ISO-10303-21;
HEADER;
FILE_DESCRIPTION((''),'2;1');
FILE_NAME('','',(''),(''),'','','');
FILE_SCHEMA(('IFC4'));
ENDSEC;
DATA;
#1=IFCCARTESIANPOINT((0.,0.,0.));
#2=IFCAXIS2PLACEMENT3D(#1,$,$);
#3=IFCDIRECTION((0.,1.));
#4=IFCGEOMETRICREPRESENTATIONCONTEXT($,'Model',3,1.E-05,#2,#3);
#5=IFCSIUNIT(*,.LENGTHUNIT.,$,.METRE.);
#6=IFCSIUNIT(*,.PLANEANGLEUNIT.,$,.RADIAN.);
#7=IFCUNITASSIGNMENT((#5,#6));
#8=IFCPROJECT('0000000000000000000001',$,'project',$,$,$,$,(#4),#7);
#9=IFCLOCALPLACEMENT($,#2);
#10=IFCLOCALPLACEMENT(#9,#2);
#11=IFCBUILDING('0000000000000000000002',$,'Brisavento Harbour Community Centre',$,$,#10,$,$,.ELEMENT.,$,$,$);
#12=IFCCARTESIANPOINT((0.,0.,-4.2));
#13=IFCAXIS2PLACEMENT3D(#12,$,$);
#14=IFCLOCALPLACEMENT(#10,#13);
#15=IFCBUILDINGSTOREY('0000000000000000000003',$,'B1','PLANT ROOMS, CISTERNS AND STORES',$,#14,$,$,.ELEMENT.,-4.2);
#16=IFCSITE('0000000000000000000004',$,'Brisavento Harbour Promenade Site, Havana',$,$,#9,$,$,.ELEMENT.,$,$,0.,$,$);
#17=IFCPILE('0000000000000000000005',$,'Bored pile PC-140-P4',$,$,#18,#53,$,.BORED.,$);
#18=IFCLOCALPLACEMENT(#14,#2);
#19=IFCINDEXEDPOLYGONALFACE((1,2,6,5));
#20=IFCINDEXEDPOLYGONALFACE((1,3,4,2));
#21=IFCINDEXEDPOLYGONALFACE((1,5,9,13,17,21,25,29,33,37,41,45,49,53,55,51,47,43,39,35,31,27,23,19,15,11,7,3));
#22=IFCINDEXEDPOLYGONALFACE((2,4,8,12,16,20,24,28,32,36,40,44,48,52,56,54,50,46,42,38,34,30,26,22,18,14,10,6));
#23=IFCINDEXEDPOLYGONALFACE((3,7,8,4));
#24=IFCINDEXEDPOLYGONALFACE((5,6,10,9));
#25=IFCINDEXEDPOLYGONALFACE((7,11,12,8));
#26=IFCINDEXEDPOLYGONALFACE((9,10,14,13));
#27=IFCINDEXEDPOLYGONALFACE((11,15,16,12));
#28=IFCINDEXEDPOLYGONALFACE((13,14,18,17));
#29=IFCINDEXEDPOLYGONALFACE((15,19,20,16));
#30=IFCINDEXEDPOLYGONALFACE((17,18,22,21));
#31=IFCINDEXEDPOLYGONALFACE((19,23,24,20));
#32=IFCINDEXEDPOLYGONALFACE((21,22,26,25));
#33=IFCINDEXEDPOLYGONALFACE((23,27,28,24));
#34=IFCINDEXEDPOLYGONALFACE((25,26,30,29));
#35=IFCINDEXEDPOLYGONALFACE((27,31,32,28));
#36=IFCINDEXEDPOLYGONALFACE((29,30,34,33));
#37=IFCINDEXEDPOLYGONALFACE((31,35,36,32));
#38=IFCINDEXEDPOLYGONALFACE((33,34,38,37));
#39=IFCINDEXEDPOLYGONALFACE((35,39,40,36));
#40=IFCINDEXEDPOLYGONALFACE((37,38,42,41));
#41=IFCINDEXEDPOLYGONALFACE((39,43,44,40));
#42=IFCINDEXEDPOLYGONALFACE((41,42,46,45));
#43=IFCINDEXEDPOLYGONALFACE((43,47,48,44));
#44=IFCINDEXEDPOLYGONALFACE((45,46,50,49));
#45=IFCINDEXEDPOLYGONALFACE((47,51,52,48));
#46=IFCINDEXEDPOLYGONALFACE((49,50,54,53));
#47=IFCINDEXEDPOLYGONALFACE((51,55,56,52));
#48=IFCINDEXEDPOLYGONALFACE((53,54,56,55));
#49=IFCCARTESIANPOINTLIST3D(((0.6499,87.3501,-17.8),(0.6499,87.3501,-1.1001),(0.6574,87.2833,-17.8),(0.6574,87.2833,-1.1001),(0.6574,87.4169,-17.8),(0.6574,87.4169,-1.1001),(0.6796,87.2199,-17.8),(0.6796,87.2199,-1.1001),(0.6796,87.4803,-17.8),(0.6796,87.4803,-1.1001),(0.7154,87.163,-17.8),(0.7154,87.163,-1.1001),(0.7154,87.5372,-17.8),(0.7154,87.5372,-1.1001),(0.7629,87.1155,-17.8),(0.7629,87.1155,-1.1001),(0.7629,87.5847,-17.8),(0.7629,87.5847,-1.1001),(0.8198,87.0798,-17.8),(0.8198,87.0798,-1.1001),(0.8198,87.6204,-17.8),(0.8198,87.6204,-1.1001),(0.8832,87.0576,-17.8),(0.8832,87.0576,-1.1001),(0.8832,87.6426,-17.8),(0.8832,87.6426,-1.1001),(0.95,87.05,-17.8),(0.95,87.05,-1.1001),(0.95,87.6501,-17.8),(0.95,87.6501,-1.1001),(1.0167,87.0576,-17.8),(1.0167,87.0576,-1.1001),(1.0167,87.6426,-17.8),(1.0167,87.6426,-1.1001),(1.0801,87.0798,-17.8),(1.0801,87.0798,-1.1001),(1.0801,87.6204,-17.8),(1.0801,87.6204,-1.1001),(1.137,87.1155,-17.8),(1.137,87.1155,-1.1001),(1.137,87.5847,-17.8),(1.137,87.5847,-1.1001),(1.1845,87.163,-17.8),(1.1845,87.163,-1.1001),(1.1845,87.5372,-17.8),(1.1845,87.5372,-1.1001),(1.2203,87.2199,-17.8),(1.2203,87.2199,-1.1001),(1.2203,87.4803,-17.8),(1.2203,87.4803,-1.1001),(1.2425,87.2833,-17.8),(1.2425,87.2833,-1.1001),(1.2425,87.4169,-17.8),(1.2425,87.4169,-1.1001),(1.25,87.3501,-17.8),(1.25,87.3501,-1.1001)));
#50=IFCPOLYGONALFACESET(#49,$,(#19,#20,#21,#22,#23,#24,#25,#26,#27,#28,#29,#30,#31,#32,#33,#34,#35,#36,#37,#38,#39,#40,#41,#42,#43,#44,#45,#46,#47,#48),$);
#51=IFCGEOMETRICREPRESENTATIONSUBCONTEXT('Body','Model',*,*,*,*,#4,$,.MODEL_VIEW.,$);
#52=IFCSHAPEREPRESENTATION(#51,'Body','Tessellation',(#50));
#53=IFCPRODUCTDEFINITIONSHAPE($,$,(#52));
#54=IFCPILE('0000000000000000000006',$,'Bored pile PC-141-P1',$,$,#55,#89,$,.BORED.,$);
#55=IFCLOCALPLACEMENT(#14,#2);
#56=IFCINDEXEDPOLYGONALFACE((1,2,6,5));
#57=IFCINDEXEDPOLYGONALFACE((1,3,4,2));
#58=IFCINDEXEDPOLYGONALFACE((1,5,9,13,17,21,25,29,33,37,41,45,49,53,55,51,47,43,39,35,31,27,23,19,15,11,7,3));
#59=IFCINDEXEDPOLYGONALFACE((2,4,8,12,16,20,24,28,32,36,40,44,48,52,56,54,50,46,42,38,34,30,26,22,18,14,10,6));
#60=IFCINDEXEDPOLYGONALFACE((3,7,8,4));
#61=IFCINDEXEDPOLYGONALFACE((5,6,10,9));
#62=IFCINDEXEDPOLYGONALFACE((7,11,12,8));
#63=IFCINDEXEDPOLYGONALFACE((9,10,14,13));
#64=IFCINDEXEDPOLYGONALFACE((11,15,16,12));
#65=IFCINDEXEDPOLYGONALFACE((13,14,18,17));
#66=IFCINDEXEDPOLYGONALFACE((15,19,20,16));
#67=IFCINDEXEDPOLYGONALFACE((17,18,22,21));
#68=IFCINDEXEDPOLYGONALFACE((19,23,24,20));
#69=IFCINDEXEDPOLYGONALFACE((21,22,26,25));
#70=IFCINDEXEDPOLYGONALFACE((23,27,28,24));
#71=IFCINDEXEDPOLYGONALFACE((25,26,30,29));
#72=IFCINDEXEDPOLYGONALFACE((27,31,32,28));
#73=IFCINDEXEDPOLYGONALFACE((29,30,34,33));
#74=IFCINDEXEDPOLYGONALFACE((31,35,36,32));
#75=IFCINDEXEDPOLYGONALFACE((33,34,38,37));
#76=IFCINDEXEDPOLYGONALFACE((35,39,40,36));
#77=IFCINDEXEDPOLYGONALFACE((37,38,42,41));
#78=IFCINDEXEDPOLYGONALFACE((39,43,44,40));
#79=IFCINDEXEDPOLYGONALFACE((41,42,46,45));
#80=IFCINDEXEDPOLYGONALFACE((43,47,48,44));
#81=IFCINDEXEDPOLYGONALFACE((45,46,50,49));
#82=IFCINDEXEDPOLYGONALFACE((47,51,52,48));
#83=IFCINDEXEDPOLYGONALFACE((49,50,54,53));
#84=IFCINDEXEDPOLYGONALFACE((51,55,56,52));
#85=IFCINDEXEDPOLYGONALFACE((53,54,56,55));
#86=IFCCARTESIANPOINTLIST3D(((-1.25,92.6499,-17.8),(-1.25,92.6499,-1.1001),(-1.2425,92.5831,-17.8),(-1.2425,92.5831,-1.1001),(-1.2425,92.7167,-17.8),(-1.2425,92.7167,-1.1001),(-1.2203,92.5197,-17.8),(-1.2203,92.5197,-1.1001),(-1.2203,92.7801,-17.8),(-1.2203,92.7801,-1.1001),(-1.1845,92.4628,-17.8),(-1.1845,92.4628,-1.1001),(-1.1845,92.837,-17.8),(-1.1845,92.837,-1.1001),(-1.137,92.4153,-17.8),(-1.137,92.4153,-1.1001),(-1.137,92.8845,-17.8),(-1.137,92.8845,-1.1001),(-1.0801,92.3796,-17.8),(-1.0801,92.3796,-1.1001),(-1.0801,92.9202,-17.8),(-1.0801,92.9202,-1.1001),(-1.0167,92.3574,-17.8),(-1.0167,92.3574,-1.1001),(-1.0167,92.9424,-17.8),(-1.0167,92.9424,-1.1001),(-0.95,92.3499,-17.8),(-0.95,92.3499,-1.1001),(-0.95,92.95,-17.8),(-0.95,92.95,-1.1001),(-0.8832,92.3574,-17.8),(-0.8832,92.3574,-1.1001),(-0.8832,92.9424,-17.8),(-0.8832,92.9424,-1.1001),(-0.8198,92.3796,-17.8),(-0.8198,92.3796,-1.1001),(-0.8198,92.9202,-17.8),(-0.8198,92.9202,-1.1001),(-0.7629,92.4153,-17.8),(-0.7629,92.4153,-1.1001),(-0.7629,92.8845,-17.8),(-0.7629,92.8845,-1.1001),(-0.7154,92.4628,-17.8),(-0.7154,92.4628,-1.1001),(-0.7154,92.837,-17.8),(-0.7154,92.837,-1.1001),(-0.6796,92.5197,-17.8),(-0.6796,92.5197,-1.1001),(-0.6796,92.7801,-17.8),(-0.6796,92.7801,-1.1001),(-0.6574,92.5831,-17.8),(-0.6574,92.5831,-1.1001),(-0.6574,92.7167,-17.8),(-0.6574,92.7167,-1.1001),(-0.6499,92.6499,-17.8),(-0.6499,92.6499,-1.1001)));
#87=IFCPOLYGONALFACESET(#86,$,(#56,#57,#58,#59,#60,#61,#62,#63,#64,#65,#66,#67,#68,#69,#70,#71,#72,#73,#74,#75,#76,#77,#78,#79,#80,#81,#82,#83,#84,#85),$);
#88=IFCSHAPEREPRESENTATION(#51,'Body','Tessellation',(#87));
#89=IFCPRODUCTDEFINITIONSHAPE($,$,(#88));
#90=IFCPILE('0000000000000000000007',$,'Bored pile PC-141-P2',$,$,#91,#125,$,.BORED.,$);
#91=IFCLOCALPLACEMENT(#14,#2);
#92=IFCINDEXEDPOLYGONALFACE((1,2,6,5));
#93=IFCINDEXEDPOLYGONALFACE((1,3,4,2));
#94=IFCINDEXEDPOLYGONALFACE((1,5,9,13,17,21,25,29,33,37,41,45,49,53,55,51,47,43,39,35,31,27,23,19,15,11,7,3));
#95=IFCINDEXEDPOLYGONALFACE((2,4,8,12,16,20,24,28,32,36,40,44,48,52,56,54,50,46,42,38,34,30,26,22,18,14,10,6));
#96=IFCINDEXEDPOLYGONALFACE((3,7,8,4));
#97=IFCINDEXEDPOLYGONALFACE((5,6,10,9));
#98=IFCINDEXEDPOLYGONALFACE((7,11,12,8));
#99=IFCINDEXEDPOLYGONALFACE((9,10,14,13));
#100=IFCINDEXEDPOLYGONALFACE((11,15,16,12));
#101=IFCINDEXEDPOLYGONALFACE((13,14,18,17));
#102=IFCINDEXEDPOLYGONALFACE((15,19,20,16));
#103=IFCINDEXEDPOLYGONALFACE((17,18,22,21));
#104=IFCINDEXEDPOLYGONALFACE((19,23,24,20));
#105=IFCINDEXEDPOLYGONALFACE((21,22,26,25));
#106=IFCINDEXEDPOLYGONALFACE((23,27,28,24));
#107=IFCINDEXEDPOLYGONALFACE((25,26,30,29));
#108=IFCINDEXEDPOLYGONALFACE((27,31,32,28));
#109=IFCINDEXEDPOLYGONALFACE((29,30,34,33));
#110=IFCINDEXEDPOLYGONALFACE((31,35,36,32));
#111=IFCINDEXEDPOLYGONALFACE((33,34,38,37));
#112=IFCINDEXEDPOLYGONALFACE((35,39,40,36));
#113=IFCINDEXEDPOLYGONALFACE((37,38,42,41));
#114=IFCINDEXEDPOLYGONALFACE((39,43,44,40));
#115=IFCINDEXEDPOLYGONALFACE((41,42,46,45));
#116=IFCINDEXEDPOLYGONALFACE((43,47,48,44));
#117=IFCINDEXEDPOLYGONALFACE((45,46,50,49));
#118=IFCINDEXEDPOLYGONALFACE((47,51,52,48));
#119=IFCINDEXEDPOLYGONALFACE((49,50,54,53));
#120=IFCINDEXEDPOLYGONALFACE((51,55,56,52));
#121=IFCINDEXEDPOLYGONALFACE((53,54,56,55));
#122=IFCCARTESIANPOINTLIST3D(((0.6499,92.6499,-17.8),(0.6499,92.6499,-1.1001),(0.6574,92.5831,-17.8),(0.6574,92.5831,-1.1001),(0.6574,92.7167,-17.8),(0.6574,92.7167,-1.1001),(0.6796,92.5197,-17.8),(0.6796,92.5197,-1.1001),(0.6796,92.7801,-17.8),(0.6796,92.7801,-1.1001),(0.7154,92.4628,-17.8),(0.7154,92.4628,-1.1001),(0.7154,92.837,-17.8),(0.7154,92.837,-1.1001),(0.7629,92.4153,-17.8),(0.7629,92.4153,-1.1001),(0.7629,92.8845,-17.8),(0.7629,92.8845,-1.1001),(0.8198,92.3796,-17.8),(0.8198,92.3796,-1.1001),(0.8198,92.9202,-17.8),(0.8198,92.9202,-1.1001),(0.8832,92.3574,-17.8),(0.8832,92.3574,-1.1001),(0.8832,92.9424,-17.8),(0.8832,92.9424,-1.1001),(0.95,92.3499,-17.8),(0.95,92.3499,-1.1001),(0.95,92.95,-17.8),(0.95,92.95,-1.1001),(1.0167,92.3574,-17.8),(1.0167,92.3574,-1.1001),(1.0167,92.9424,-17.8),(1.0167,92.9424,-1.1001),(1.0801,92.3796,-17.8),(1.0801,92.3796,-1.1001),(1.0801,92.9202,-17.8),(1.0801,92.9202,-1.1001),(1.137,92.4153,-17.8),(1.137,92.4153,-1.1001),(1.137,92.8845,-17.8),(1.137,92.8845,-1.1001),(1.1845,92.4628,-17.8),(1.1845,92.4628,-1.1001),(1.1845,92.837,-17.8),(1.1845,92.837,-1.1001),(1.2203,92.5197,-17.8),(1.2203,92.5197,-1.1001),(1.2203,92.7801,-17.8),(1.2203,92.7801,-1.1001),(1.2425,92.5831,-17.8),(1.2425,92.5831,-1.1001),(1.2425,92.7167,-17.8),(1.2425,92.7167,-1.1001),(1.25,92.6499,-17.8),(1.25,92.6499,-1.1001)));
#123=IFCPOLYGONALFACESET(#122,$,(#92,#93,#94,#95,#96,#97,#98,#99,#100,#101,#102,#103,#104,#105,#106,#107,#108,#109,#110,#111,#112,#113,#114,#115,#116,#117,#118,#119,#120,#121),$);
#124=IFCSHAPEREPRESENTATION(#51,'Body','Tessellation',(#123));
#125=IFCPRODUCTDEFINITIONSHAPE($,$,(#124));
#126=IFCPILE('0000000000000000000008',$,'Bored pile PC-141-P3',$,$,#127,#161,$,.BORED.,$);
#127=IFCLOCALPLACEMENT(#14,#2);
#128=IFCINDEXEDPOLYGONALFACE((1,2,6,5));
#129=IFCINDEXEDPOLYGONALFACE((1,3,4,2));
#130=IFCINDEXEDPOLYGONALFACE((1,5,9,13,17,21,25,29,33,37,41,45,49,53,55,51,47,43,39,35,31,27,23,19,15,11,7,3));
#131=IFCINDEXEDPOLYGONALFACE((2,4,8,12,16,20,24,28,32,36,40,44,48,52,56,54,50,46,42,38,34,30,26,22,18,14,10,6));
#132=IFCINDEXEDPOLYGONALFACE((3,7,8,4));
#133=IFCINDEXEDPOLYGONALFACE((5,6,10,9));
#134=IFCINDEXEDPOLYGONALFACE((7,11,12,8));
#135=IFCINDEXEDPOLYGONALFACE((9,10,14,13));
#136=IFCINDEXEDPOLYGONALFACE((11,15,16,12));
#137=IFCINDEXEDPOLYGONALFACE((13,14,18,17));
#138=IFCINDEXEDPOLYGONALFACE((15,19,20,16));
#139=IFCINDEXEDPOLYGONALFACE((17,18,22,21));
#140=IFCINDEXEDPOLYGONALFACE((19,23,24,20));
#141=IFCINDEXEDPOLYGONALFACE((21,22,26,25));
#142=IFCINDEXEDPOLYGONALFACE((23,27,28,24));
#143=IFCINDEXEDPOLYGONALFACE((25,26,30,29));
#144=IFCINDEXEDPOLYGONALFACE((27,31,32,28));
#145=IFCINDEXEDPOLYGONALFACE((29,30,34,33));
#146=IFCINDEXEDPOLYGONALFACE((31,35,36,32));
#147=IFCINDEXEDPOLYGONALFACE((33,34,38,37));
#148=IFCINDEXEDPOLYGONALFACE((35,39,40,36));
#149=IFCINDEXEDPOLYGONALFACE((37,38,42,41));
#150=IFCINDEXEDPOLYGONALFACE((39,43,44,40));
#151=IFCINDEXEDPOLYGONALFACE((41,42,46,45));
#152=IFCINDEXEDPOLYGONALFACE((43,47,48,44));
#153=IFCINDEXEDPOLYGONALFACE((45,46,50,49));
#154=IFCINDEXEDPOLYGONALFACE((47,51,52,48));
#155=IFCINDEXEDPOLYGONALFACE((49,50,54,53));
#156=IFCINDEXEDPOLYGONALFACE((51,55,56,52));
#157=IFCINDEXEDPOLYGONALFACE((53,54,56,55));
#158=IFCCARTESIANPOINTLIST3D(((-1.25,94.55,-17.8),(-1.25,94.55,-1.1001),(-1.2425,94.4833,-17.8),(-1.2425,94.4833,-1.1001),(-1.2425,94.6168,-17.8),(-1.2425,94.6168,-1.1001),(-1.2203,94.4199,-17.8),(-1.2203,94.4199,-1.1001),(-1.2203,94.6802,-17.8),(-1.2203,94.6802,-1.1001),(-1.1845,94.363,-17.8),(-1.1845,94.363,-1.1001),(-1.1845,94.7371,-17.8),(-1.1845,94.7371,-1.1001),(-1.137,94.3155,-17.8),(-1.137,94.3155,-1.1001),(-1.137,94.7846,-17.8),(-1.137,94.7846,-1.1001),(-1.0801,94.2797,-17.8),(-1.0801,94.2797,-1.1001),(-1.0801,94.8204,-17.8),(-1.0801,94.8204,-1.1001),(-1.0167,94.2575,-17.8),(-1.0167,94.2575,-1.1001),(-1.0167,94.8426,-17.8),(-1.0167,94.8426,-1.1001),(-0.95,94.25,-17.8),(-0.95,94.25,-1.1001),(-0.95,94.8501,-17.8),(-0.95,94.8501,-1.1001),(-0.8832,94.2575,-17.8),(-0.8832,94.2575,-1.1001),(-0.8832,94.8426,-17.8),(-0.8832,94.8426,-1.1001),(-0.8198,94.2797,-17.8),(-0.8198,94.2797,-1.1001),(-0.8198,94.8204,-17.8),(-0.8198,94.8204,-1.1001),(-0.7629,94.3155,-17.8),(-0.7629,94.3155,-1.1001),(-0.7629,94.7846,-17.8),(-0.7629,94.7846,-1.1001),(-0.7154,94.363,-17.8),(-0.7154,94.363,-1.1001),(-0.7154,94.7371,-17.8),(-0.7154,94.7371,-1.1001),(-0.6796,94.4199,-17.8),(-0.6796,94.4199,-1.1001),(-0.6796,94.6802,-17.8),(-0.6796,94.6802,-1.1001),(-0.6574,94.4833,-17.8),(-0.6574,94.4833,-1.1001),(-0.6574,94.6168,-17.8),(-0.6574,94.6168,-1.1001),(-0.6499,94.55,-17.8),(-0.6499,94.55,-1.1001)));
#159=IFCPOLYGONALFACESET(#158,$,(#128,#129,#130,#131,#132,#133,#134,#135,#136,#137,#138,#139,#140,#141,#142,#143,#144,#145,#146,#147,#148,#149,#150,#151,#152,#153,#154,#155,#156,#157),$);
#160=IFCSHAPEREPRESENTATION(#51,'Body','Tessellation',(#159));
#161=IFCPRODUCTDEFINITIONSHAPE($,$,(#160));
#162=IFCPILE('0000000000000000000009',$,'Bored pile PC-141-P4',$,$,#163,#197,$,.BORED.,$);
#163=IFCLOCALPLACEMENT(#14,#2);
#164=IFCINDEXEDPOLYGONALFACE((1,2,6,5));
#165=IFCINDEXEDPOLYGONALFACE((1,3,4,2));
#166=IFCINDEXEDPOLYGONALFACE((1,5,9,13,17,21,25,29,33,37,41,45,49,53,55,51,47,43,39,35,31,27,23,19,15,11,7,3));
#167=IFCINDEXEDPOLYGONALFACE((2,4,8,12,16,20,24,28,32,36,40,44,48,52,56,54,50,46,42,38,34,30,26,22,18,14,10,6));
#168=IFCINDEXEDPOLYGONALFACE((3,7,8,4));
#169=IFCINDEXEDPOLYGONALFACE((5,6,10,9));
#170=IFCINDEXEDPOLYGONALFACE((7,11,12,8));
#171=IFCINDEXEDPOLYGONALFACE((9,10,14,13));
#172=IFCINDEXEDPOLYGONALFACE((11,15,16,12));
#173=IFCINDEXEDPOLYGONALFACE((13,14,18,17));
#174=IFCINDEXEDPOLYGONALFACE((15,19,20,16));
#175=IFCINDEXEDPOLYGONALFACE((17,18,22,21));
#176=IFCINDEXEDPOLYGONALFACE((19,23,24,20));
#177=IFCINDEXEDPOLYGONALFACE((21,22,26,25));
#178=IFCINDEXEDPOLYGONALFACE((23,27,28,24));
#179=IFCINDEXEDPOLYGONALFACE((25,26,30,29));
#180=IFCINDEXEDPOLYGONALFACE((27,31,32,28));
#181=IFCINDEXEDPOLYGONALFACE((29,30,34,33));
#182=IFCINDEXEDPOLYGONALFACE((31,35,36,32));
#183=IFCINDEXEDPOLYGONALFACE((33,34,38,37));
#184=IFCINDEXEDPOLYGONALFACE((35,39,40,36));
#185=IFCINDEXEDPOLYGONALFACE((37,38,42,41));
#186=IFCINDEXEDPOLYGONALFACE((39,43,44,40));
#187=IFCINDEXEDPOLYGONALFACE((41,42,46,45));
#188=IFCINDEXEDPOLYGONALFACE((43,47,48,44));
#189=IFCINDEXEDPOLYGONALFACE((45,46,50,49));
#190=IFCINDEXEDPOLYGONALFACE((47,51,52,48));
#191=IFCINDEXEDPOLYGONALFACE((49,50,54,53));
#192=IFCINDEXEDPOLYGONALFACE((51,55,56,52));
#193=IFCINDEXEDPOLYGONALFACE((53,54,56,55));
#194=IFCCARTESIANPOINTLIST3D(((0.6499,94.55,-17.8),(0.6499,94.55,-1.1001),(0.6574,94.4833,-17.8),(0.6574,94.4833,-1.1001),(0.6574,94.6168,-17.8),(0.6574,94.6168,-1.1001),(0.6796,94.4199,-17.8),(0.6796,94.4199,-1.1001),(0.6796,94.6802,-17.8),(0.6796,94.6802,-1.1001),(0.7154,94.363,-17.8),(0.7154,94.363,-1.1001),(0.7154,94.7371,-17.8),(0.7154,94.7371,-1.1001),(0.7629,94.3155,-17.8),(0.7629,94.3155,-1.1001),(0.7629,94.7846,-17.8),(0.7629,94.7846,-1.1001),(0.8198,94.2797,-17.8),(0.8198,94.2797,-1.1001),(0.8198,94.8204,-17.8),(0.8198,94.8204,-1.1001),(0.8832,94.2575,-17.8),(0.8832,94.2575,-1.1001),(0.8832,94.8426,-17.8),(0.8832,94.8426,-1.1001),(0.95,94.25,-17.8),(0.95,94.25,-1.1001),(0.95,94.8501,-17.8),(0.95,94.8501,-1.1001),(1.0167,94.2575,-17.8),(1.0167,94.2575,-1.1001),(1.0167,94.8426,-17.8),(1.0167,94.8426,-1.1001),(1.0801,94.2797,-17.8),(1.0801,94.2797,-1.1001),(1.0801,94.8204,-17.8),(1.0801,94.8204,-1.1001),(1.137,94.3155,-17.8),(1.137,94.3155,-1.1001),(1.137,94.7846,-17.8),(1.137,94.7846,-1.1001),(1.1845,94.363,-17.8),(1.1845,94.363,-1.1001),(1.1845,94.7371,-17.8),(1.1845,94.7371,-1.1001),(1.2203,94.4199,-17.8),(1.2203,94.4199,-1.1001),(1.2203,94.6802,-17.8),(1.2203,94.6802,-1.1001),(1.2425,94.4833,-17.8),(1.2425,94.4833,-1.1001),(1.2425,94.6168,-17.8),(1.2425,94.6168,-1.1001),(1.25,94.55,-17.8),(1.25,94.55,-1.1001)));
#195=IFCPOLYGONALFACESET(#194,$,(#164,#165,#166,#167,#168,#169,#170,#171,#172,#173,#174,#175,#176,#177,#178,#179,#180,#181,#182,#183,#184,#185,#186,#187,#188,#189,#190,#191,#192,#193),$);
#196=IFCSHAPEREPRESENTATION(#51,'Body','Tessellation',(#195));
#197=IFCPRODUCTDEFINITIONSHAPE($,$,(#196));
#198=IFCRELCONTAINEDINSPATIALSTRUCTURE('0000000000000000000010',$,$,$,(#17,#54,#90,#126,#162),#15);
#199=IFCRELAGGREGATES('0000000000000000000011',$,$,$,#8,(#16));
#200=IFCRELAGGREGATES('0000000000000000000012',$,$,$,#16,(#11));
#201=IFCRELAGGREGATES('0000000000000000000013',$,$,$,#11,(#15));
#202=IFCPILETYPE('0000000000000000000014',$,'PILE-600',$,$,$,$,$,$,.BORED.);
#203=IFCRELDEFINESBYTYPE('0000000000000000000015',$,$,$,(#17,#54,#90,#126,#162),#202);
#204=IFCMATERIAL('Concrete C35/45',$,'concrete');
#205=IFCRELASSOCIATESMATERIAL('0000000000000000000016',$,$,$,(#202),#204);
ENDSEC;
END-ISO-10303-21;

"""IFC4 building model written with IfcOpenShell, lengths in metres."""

from ifc_helpers import new_model, si_unit, direction, frame, origin, origin_2d, place, context, subcontext, project, spatial, circle, extrude, material, material_profile, profile_set, type_object, element, save


model = new_model("IFC4")

# Units and contexts
model_context = context("Model", 3, precision=1e-05, world=origin(), true_north=direction((0.0, 1.0)))
body_context = subcontext(model_context, "Body", "Model", "MODEL_VIEW")
ifc_project = project(units=[si_unit("LENGTHUNIT", "METRE"), si_unit("PLANEANGLEUNIT", "RADIAN")], contexts=[model_context])

# Site, building, storey
site_placement = place(None, origin())
site = spatial("IfcSite", under=ifc_project, at=site_placement, Name="Brisavento Harbour Promenade Site, Havana", CompositionType="ELEMENT", RefElevation=0.0)
building_placement = place(site_placement, origin())
building = spatial("IfcBuilding", under=site, at=building_placement, Name="Brisavento Harbour Community Centre", CompositionType="ELEMENT")
storey_placement = place(building_placement, frame((0.0, 0.0, -4.2)))
storey = spatial("IfcBuildingStorey", under=building, at=storey_placement, Name="B1", Description="PLANT ROOMS, CISTERNS AND STORES", CompositionType="ELEMENT", Elevation=-4.2)

# Shared definitions
ifc_material = material(Name="Concrete C35/45", Category="concrete")

# Piles
ifc_material_profile_1 = material_profile(ifc_material, circle(Radius=0.3, at=origin_2d()), Name="Concrete C35/45")
ifc_profile_set_1 = profile_set([ifc_material_profile_1], Name="Concrete C35/45")
pile_type = type_object("IfcPileType", Name="PILE-600", PredefinedType="BORED", material=ifc_profile_set_1)
for number, where, z_axis, x_axis, name in (
    (1, (0.95, 87.3501, -1.1001), (0.0, 0.0, -1.0), (1.0, 0.0, 0.0), "Bored pile PC-140-P4"),
    (2, (-0.95, 92.6499, -1.1001), (0.0, 0.0, -1.0), (1.0, 0.0, 0.0), "Bored pile PC-141-P1"),
    (3, (0.95, 92.6499, -1.1001), (0.0, 0.0, -1.0), (1.0, 0.0, 0.0), "Bored pile PC-141-P2"),
    (4, (-0.95, 94.55, -1.1001), (0.0, 0.0, -1.0), (1.0, 0.0, 0.0), "Bored pile PC-141-P3"),
    (5, (0.95, 94.55, -1.1001), (0.0, 0.0, -1.0), (1.0, 0.0, 0.0), "Bored pile PC-141-P4"),
):
    element("IfcPile", number, at=place(storey_placement, frame(where, z_axis=z_axis, x_axis=x_axis)), inside=storey, type_object=pile_type, Name=name, PredefinedType="BORED", context=body_context, shape_type="SweptSolid", body=[
        extrude(circle(Radius=0.3, at=origin_2d()), origin(), (0.0, 0.0, 1.0), 16.7),
    ])

save(model, "model.ifc")
